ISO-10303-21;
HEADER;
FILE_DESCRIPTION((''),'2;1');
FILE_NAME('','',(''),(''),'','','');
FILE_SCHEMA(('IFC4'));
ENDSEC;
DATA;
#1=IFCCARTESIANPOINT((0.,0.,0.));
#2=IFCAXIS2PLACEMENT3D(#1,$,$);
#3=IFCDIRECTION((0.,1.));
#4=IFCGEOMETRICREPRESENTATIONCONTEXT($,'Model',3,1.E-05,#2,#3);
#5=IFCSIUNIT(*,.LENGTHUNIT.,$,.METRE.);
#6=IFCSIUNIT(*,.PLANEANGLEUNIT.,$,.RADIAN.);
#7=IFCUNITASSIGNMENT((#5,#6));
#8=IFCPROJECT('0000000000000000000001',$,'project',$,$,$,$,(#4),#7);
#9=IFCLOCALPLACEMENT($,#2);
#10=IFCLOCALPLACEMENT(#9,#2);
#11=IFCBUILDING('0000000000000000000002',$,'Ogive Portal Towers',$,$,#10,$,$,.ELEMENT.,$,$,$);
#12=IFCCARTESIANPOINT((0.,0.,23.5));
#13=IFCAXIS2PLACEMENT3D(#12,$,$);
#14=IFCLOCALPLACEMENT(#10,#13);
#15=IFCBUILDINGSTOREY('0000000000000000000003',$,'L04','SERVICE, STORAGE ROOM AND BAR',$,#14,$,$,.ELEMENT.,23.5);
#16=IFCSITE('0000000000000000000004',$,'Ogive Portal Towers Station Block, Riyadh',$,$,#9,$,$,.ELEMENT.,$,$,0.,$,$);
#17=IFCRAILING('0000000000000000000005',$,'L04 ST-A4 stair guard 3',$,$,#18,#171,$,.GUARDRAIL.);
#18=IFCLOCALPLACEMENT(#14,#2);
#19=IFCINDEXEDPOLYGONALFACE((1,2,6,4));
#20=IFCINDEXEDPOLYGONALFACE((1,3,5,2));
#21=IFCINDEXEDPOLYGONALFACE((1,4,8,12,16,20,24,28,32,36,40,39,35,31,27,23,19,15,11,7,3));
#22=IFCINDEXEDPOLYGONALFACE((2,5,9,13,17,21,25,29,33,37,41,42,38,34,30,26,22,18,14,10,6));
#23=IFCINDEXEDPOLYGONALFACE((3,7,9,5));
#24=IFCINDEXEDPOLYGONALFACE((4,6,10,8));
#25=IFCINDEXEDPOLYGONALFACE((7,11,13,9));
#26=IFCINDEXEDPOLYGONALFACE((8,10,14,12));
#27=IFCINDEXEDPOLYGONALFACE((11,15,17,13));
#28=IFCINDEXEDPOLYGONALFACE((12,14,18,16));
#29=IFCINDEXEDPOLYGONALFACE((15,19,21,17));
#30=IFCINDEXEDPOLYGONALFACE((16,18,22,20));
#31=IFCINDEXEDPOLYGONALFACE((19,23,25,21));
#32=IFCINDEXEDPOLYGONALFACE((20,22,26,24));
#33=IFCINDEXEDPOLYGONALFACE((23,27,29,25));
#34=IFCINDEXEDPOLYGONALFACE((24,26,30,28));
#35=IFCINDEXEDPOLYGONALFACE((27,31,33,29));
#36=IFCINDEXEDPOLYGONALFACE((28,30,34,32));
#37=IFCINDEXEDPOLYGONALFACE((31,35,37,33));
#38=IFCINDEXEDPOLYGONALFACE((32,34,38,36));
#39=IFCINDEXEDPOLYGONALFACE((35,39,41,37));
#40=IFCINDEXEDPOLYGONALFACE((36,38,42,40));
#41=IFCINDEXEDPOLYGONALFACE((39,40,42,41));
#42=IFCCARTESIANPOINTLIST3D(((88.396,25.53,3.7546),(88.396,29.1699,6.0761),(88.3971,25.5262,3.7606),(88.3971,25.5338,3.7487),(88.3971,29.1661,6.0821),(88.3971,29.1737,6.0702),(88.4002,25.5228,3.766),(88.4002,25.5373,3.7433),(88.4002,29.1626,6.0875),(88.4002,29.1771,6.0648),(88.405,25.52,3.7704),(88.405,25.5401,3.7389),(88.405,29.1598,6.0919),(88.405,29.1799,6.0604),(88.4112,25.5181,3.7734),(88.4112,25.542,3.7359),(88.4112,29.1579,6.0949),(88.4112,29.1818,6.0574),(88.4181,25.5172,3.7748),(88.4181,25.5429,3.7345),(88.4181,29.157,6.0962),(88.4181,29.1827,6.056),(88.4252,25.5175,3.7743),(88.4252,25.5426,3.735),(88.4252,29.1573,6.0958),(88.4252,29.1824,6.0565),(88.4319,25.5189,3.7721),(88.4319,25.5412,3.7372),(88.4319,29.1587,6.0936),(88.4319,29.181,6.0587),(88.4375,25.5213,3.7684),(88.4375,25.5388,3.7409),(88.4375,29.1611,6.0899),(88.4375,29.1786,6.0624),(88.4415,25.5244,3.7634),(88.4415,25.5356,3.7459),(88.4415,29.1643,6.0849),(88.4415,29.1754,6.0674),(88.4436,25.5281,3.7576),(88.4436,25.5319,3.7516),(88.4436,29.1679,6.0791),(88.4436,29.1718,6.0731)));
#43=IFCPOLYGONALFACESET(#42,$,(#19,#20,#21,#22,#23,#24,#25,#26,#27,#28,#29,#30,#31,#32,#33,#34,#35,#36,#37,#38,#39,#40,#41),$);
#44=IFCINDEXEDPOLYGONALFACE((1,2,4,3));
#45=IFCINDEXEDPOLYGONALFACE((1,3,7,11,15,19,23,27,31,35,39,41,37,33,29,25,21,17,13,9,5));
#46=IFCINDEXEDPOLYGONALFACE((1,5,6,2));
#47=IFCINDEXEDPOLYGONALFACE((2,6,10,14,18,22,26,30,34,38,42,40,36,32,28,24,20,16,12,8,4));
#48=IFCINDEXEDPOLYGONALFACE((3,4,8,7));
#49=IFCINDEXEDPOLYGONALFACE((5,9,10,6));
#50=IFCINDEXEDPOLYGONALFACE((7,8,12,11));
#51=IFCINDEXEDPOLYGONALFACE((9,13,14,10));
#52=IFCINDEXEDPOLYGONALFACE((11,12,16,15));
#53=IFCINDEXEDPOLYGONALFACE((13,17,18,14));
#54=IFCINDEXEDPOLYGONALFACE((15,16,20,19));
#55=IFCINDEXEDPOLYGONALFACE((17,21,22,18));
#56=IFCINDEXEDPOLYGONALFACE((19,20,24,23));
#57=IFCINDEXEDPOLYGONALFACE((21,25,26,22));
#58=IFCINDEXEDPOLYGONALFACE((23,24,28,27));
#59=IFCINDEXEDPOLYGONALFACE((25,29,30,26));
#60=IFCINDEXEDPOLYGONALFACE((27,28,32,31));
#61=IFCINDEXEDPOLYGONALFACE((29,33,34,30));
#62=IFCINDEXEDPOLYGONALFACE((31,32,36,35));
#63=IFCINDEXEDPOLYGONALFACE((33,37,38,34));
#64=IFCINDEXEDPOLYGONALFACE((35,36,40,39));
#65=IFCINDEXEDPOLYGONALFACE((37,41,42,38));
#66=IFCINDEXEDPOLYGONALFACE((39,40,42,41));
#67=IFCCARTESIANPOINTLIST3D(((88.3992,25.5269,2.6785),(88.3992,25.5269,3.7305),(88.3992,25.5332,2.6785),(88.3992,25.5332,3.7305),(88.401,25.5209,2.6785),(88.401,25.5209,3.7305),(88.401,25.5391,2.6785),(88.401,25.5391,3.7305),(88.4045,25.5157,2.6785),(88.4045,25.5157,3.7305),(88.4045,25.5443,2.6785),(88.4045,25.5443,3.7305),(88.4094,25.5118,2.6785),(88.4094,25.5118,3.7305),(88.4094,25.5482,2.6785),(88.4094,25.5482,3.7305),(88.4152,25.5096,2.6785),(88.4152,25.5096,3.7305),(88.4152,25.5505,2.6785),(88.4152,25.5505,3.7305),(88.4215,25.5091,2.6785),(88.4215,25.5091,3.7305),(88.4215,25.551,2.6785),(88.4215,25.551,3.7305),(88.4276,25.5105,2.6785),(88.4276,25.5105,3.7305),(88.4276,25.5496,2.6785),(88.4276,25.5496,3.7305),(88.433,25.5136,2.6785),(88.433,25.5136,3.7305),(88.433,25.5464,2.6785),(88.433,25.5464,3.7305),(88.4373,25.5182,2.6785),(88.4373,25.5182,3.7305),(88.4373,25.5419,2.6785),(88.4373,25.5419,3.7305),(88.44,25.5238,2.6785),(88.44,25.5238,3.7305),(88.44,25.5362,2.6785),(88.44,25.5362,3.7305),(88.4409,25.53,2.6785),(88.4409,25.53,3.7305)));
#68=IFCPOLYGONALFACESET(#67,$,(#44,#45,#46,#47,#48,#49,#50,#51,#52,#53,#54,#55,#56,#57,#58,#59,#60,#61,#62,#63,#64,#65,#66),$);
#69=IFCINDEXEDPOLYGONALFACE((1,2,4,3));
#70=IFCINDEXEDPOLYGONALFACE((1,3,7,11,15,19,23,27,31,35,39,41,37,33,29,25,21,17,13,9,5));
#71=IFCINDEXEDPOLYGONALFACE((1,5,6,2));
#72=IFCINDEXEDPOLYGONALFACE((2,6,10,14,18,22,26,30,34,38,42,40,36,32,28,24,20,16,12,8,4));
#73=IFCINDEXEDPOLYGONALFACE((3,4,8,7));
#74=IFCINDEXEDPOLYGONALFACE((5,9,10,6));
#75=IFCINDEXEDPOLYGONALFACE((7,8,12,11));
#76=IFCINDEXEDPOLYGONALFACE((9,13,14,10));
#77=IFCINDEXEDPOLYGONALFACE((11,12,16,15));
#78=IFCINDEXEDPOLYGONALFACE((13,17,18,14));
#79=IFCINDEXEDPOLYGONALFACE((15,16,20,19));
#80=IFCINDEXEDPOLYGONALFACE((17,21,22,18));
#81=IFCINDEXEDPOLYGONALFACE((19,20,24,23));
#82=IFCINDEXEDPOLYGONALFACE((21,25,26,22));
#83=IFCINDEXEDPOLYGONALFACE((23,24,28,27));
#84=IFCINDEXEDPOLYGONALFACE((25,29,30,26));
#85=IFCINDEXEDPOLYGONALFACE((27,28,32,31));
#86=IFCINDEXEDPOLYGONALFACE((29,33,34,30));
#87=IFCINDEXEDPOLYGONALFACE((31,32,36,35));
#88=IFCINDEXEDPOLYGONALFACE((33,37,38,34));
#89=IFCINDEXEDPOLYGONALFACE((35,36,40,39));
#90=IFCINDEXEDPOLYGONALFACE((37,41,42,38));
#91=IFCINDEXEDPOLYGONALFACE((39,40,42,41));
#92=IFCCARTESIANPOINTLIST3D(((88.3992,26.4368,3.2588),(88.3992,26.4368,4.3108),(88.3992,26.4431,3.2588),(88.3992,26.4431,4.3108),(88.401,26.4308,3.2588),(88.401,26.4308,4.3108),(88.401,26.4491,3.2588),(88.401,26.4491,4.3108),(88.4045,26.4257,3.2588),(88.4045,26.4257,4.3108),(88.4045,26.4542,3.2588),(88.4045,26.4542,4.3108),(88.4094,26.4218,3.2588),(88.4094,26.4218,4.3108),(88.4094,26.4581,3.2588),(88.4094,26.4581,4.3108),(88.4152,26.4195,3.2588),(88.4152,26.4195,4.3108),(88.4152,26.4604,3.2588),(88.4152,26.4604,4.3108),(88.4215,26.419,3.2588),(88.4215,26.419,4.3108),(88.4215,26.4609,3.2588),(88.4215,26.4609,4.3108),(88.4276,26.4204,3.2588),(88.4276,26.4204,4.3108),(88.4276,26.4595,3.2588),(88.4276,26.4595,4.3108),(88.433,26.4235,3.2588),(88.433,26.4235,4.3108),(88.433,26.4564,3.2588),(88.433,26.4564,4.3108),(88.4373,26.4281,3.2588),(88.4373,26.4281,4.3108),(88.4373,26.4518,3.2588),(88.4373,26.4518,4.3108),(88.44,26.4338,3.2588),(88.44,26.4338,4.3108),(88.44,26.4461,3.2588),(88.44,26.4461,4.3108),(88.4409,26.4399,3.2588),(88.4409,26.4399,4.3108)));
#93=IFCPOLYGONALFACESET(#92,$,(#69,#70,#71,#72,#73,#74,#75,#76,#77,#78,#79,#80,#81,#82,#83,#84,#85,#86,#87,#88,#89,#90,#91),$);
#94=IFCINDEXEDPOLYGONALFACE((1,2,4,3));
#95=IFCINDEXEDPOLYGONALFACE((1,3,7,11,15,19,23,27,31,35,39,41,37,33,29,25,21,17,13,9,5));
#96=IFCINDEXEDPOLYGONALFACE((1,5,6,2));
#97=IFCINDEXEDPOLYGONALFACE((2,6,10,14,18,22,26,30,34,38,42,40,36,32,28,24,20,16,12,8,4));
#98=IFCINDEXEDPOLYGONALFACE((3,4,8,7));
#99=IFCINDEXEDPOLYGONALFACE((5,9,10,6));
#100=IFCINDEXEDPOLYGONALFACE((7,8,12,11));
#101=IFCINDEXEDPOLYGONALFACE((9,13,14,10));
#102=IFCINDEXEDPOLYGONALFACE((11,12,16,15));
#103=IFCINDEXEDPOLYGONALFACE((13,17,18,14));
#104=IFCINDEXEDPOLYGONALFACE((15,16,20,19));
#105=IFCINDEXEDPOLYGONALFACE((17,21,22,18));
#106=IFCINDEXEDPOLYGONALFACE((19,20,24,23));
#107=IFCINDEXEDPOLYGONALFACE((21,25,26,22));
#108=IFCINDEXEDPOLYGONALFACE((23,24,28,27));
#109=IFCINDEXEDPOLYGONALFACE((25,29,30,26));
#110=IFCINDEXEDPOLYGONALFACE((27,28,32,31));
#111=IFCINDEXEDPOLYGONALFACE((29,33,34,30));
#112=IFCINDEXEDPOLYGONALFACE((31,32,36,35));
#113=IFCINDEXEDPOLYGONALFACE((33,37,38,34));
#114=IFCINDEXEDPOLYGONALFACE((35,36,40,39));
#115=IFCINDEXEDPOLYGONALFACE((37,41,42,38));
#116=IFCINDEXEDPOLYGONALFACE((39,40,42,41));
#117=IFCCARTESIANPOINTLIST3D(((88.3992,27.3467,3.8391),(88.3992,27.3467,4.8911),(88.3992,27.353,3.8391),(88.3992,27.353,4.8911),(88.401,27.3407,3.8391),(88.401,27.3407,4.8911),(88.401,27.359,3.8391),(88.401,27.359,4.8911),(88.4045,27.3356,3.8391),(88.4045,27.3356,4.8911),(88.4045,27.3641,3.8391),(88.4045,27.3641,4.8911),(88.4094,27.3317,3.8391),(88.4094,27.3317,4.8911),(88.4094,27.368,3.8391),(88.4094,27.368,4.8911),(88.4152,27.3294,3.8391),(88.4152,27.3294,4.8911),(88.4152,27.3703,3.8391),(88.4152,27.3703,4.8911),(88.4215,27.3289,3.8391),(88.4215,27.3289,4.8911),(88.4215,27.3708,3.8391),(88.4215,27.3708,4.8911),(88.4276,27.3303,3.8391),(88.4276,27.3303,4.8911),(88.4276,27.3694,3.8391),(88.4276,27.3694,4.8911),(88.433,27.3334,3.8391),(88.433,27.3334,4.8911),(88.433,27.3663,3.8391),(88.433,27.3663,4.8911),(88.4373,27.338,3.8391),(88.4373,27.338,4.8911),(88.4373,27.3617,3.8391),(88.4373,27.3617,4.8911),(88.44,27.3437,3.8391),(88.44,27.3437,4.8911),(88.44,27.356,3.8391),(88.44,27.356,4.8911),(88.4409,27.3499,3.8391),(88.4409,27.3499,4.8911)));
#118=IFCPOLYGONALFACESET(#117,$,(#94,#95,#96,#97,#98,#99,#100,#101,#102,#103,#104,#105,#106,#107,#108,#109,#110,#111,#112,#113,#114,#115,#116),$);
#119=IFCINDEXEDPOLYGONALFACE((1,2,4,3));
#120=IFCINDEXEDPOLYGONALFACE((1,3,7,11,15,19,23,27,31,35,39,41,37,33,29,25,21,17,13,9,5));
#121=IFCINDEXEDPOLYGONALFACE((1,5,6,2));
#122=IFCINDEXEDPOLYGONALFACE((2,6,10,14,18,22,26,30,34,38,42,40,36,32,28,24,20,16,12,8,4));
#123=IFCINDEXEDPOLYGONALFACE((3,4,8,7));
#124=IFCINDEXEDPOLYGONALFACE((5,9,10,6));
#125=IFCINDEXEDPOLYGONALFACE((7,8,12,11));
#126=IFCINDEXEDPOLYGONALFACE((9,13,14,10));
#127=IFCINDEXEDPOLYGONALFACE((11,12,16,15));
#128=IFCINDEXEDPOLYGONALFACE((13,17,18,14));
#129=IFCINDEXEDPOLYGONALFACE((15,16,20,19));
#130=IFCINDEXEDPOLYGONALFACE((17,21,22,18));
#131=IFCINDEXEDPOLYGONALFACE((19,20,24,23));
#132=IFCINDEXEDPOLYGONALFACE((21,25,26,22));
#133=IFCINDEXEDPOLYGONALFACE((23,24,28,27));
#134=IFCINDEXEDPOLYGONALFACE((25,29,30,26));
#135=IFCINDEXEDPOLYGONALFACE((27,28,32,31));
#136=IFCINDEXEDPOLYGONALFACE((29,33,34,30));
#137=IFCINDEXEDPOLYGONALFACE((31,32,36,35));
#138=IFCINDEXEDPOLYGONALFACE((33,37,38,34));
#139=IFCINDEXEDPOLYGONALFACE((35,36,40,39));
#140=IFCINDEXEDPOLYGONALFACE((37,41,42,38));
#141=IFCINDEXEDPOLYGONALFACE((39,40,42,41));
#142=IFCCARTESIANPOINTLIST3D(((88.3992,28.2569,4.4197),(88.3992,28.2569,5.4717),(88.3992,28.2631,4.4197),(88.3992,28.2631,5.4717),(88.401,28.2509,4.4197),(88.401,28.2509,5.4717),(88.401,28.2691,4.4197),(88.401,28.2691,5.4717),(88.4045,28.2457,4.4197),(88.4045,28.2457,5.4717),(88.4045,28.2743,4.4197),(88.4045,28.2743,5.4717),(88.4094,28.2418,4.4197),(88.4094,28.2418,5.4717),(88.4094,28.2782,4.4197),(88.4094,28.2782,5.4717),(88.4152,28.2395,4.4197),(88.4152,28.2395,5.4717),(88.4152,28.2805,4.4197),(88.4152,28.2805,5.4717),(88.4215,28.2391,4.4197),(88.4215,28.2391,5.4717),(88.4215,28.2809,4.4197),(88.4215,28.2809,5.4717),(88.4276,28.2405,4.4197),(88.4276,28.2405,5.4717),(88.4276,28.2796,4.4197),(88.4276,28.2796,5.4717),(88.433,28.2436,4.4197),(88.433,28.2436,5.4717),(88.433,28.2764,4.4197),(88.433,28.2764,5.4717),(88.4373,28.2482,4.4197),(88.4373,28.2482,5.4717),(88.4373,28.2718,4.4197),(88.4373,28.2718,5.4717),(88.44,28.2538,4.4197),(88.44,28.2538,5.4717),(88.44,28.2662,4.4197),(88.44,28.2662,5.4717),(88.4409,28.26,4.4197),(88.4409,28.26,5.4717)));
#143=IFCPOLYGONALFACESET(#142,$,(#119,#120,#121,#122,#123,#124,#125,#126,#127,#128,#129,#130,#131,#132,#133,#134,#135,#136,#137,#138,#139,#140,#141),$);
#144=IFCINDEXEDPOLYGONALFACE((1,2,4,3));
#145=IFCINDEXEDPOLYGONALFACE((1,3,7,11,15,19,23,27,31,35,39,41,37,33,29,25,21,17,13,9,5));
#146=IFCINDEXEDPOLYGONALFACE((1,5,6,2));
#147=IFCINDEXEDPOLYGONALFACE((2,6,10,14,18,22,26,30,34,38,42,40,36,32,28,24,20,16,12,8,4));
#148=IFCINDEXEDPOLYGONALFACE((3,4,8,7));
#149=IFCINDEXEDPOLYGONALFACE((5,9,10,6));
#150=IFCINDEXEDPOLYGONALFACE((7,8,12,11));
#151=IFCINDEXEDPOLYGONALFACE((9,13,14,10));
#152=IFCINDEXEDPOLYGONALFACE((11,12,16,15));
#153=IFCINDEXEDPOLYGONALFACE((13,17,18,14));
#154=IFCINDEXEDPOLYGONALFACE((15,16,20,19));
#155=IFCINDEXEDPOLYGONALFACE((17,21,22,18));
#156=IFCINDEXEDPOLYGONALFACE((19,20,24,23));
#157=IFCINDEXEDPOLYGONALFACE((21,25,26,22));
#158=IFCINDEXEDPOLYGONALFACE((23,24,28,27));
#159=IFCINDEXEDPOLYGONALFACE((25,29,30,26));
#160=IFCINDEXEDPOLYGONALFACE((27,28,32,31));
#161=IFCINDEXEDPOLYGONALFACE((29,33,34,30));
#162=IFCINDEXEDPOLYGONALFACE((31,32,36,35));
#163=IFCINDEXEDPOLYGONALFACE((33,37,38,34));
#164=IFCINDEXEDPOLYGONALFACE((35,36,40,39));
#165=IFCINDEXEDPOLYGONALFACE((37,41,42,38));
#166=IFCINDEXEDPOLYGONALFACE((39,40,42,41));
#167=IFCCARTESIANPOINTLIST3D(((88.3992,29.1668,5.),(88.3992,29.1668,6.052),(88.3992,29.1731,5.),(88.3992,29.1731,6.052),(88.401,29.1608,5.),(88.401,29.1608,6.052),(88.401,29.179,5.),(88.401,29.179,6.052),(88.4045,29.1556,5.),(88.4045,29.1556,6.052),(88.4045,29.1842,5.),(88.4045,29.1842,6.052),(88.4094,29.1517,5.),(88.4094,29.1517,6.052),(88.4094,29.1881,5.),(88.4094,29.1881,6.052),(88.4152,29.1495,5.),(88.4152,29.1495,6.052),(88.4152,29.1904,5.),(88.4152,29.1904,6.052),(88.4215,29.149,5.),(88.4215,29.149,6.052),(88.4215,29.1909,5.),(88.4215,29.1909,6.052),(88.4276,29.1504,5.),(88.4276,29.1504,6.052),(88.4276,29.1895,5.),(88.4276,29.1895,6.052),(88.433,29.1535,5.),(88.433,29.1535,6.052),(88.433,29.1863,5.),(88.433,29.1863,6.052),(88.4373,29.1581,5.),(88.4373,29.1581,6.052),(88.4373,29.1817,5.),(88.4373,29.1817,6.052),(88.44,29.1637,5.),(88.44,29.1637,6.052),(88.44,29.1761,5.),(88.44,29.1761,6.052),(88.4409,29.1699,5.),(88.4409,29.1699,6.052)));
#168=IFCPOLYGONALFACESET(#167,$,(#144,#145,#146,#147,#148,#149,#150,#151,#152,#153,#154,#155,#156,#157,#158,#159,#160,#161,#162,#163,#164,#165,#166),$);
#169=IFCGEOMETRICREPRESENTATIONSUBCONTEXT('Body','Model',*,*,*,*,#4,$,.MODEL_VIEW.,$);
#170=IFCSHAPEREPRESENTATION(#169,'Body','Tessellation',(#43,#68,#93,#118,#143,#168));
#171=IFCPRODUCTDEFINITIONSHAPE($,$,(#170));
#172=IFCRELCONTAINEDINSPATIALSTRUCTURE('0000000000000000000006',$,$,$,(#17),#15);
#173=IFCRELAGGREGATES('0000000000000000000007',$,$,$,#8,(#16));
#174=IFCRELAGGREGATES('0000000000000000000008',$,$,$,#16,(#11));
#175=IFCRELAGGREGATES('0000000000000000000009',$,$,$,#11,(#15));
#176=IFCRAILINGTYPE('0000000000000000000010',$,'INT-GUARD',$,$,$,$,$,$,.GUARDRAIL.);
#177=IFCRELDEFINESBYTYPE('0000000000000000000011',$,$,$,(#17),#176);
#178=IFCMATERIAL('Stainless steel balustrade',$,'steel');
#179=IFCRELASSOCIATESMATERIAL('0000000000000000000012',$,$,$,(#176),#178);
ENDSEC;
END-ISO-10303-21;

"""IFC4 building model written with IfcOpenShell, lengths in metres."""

from ifc_helpers import new_model, si_unit, direction, frame, origin, origin_2d, place, context, subcontext, project, spatial, circle, extrude, material, type_object, element, save


model = new_model("IFC4")

# Units and contexts
model_context = context("Model", 3, precision=1e-05, world=origin(), true_north=direction((0.0, 1.0)))
body_context = subcontext(model_context, "Body", "Model", "MODEL_VIEW")
ifc_project = project(units=[si_unit("LENGTHUNIT", "METRE"), si_unit("PLANEANGLEUNIT", "RADIAN")], contexts=[model_context])

# Site, building, storey
site_placement = place(None, origin())
site = spatial("IfcSite", under=ifc_project, at=site_placement, Name="Ogive Portal Towers Station Block, Riyadh", CompositionType="ELEMENT", RefElevation=0.0)
building_placement = place(site_placement, origin())
building = spatial("IfcBuilding", under=site, at=building_placement, Name="Ogive Portal Towers", CompositionType="ELEMENT")
storey_placement = place(building_placement, frame((0.0, 0.0, 23.5)))
storey = spatial("IfcBuildingStorey", under=building, at=storey_placement, Name="L04", Description="SERVICE, STORAGE ROOM AND BAR", CompositionType="ELEMENT", Elevation=23.5)

# Railing
ifc_material_1 = material(Name="Stainless steel balustrade", Category="steel")
railing_type_1 = type_object("IfcRailingType", Name="INT-GUARD", PredefinedType="GUARDRAIL", material=ifc_material_1)
railing_1_placement = place(storey_placement, frame((88.4199, 25.53, 2.6785)))
element("IfcRailing", 1, at=railing_1_placement, inside=storey, type_object=railing_type_1, Name="L04 ST-A4 stair guard 3", PredefinedType="GUARDRAIL", context=body_context, shape_type="SweptSolid", body=[
    extrude(circle(Radius=0.0239, at=origin_2d()), frame((0.0, 0.0, 1.0762), z_axis=(0.0, 0.843112, 0.537739), x_axis=(-1.0, 0.0, 0.0)), (0.0, 0.0, 1.0), 4.3171),
    extrude(circle(Radius=0.021, at=origin_2d()), origin(), (0.0, 0.0, 1.0), 1.052),
    extrude(circle(Radius=0.021, at=origin_2d()), frame((0.0, 0.9099, 0.5803)), (0.0, 0.0, 1.0), 1.052),
    extrude(circle(Radius=0.021, at=origin_2d()), frame((0.0, 1.8198, 1.1606)), (0.0, 0.0, 1.0), 1.052),
    extrude(circle(Radius=0.021, at=origin_2d()), frame((0.0, 2.73, 1.7412)), (0.0, 0.0, 1.0), 1.052),
    extrude(circle(Radius=0.021, at=origin_2d()), frame((0.0, 3.6399, 2.3215)), (0.0, 0.0, 1.0), 1.052),
])

save(model, "model.ifc")
